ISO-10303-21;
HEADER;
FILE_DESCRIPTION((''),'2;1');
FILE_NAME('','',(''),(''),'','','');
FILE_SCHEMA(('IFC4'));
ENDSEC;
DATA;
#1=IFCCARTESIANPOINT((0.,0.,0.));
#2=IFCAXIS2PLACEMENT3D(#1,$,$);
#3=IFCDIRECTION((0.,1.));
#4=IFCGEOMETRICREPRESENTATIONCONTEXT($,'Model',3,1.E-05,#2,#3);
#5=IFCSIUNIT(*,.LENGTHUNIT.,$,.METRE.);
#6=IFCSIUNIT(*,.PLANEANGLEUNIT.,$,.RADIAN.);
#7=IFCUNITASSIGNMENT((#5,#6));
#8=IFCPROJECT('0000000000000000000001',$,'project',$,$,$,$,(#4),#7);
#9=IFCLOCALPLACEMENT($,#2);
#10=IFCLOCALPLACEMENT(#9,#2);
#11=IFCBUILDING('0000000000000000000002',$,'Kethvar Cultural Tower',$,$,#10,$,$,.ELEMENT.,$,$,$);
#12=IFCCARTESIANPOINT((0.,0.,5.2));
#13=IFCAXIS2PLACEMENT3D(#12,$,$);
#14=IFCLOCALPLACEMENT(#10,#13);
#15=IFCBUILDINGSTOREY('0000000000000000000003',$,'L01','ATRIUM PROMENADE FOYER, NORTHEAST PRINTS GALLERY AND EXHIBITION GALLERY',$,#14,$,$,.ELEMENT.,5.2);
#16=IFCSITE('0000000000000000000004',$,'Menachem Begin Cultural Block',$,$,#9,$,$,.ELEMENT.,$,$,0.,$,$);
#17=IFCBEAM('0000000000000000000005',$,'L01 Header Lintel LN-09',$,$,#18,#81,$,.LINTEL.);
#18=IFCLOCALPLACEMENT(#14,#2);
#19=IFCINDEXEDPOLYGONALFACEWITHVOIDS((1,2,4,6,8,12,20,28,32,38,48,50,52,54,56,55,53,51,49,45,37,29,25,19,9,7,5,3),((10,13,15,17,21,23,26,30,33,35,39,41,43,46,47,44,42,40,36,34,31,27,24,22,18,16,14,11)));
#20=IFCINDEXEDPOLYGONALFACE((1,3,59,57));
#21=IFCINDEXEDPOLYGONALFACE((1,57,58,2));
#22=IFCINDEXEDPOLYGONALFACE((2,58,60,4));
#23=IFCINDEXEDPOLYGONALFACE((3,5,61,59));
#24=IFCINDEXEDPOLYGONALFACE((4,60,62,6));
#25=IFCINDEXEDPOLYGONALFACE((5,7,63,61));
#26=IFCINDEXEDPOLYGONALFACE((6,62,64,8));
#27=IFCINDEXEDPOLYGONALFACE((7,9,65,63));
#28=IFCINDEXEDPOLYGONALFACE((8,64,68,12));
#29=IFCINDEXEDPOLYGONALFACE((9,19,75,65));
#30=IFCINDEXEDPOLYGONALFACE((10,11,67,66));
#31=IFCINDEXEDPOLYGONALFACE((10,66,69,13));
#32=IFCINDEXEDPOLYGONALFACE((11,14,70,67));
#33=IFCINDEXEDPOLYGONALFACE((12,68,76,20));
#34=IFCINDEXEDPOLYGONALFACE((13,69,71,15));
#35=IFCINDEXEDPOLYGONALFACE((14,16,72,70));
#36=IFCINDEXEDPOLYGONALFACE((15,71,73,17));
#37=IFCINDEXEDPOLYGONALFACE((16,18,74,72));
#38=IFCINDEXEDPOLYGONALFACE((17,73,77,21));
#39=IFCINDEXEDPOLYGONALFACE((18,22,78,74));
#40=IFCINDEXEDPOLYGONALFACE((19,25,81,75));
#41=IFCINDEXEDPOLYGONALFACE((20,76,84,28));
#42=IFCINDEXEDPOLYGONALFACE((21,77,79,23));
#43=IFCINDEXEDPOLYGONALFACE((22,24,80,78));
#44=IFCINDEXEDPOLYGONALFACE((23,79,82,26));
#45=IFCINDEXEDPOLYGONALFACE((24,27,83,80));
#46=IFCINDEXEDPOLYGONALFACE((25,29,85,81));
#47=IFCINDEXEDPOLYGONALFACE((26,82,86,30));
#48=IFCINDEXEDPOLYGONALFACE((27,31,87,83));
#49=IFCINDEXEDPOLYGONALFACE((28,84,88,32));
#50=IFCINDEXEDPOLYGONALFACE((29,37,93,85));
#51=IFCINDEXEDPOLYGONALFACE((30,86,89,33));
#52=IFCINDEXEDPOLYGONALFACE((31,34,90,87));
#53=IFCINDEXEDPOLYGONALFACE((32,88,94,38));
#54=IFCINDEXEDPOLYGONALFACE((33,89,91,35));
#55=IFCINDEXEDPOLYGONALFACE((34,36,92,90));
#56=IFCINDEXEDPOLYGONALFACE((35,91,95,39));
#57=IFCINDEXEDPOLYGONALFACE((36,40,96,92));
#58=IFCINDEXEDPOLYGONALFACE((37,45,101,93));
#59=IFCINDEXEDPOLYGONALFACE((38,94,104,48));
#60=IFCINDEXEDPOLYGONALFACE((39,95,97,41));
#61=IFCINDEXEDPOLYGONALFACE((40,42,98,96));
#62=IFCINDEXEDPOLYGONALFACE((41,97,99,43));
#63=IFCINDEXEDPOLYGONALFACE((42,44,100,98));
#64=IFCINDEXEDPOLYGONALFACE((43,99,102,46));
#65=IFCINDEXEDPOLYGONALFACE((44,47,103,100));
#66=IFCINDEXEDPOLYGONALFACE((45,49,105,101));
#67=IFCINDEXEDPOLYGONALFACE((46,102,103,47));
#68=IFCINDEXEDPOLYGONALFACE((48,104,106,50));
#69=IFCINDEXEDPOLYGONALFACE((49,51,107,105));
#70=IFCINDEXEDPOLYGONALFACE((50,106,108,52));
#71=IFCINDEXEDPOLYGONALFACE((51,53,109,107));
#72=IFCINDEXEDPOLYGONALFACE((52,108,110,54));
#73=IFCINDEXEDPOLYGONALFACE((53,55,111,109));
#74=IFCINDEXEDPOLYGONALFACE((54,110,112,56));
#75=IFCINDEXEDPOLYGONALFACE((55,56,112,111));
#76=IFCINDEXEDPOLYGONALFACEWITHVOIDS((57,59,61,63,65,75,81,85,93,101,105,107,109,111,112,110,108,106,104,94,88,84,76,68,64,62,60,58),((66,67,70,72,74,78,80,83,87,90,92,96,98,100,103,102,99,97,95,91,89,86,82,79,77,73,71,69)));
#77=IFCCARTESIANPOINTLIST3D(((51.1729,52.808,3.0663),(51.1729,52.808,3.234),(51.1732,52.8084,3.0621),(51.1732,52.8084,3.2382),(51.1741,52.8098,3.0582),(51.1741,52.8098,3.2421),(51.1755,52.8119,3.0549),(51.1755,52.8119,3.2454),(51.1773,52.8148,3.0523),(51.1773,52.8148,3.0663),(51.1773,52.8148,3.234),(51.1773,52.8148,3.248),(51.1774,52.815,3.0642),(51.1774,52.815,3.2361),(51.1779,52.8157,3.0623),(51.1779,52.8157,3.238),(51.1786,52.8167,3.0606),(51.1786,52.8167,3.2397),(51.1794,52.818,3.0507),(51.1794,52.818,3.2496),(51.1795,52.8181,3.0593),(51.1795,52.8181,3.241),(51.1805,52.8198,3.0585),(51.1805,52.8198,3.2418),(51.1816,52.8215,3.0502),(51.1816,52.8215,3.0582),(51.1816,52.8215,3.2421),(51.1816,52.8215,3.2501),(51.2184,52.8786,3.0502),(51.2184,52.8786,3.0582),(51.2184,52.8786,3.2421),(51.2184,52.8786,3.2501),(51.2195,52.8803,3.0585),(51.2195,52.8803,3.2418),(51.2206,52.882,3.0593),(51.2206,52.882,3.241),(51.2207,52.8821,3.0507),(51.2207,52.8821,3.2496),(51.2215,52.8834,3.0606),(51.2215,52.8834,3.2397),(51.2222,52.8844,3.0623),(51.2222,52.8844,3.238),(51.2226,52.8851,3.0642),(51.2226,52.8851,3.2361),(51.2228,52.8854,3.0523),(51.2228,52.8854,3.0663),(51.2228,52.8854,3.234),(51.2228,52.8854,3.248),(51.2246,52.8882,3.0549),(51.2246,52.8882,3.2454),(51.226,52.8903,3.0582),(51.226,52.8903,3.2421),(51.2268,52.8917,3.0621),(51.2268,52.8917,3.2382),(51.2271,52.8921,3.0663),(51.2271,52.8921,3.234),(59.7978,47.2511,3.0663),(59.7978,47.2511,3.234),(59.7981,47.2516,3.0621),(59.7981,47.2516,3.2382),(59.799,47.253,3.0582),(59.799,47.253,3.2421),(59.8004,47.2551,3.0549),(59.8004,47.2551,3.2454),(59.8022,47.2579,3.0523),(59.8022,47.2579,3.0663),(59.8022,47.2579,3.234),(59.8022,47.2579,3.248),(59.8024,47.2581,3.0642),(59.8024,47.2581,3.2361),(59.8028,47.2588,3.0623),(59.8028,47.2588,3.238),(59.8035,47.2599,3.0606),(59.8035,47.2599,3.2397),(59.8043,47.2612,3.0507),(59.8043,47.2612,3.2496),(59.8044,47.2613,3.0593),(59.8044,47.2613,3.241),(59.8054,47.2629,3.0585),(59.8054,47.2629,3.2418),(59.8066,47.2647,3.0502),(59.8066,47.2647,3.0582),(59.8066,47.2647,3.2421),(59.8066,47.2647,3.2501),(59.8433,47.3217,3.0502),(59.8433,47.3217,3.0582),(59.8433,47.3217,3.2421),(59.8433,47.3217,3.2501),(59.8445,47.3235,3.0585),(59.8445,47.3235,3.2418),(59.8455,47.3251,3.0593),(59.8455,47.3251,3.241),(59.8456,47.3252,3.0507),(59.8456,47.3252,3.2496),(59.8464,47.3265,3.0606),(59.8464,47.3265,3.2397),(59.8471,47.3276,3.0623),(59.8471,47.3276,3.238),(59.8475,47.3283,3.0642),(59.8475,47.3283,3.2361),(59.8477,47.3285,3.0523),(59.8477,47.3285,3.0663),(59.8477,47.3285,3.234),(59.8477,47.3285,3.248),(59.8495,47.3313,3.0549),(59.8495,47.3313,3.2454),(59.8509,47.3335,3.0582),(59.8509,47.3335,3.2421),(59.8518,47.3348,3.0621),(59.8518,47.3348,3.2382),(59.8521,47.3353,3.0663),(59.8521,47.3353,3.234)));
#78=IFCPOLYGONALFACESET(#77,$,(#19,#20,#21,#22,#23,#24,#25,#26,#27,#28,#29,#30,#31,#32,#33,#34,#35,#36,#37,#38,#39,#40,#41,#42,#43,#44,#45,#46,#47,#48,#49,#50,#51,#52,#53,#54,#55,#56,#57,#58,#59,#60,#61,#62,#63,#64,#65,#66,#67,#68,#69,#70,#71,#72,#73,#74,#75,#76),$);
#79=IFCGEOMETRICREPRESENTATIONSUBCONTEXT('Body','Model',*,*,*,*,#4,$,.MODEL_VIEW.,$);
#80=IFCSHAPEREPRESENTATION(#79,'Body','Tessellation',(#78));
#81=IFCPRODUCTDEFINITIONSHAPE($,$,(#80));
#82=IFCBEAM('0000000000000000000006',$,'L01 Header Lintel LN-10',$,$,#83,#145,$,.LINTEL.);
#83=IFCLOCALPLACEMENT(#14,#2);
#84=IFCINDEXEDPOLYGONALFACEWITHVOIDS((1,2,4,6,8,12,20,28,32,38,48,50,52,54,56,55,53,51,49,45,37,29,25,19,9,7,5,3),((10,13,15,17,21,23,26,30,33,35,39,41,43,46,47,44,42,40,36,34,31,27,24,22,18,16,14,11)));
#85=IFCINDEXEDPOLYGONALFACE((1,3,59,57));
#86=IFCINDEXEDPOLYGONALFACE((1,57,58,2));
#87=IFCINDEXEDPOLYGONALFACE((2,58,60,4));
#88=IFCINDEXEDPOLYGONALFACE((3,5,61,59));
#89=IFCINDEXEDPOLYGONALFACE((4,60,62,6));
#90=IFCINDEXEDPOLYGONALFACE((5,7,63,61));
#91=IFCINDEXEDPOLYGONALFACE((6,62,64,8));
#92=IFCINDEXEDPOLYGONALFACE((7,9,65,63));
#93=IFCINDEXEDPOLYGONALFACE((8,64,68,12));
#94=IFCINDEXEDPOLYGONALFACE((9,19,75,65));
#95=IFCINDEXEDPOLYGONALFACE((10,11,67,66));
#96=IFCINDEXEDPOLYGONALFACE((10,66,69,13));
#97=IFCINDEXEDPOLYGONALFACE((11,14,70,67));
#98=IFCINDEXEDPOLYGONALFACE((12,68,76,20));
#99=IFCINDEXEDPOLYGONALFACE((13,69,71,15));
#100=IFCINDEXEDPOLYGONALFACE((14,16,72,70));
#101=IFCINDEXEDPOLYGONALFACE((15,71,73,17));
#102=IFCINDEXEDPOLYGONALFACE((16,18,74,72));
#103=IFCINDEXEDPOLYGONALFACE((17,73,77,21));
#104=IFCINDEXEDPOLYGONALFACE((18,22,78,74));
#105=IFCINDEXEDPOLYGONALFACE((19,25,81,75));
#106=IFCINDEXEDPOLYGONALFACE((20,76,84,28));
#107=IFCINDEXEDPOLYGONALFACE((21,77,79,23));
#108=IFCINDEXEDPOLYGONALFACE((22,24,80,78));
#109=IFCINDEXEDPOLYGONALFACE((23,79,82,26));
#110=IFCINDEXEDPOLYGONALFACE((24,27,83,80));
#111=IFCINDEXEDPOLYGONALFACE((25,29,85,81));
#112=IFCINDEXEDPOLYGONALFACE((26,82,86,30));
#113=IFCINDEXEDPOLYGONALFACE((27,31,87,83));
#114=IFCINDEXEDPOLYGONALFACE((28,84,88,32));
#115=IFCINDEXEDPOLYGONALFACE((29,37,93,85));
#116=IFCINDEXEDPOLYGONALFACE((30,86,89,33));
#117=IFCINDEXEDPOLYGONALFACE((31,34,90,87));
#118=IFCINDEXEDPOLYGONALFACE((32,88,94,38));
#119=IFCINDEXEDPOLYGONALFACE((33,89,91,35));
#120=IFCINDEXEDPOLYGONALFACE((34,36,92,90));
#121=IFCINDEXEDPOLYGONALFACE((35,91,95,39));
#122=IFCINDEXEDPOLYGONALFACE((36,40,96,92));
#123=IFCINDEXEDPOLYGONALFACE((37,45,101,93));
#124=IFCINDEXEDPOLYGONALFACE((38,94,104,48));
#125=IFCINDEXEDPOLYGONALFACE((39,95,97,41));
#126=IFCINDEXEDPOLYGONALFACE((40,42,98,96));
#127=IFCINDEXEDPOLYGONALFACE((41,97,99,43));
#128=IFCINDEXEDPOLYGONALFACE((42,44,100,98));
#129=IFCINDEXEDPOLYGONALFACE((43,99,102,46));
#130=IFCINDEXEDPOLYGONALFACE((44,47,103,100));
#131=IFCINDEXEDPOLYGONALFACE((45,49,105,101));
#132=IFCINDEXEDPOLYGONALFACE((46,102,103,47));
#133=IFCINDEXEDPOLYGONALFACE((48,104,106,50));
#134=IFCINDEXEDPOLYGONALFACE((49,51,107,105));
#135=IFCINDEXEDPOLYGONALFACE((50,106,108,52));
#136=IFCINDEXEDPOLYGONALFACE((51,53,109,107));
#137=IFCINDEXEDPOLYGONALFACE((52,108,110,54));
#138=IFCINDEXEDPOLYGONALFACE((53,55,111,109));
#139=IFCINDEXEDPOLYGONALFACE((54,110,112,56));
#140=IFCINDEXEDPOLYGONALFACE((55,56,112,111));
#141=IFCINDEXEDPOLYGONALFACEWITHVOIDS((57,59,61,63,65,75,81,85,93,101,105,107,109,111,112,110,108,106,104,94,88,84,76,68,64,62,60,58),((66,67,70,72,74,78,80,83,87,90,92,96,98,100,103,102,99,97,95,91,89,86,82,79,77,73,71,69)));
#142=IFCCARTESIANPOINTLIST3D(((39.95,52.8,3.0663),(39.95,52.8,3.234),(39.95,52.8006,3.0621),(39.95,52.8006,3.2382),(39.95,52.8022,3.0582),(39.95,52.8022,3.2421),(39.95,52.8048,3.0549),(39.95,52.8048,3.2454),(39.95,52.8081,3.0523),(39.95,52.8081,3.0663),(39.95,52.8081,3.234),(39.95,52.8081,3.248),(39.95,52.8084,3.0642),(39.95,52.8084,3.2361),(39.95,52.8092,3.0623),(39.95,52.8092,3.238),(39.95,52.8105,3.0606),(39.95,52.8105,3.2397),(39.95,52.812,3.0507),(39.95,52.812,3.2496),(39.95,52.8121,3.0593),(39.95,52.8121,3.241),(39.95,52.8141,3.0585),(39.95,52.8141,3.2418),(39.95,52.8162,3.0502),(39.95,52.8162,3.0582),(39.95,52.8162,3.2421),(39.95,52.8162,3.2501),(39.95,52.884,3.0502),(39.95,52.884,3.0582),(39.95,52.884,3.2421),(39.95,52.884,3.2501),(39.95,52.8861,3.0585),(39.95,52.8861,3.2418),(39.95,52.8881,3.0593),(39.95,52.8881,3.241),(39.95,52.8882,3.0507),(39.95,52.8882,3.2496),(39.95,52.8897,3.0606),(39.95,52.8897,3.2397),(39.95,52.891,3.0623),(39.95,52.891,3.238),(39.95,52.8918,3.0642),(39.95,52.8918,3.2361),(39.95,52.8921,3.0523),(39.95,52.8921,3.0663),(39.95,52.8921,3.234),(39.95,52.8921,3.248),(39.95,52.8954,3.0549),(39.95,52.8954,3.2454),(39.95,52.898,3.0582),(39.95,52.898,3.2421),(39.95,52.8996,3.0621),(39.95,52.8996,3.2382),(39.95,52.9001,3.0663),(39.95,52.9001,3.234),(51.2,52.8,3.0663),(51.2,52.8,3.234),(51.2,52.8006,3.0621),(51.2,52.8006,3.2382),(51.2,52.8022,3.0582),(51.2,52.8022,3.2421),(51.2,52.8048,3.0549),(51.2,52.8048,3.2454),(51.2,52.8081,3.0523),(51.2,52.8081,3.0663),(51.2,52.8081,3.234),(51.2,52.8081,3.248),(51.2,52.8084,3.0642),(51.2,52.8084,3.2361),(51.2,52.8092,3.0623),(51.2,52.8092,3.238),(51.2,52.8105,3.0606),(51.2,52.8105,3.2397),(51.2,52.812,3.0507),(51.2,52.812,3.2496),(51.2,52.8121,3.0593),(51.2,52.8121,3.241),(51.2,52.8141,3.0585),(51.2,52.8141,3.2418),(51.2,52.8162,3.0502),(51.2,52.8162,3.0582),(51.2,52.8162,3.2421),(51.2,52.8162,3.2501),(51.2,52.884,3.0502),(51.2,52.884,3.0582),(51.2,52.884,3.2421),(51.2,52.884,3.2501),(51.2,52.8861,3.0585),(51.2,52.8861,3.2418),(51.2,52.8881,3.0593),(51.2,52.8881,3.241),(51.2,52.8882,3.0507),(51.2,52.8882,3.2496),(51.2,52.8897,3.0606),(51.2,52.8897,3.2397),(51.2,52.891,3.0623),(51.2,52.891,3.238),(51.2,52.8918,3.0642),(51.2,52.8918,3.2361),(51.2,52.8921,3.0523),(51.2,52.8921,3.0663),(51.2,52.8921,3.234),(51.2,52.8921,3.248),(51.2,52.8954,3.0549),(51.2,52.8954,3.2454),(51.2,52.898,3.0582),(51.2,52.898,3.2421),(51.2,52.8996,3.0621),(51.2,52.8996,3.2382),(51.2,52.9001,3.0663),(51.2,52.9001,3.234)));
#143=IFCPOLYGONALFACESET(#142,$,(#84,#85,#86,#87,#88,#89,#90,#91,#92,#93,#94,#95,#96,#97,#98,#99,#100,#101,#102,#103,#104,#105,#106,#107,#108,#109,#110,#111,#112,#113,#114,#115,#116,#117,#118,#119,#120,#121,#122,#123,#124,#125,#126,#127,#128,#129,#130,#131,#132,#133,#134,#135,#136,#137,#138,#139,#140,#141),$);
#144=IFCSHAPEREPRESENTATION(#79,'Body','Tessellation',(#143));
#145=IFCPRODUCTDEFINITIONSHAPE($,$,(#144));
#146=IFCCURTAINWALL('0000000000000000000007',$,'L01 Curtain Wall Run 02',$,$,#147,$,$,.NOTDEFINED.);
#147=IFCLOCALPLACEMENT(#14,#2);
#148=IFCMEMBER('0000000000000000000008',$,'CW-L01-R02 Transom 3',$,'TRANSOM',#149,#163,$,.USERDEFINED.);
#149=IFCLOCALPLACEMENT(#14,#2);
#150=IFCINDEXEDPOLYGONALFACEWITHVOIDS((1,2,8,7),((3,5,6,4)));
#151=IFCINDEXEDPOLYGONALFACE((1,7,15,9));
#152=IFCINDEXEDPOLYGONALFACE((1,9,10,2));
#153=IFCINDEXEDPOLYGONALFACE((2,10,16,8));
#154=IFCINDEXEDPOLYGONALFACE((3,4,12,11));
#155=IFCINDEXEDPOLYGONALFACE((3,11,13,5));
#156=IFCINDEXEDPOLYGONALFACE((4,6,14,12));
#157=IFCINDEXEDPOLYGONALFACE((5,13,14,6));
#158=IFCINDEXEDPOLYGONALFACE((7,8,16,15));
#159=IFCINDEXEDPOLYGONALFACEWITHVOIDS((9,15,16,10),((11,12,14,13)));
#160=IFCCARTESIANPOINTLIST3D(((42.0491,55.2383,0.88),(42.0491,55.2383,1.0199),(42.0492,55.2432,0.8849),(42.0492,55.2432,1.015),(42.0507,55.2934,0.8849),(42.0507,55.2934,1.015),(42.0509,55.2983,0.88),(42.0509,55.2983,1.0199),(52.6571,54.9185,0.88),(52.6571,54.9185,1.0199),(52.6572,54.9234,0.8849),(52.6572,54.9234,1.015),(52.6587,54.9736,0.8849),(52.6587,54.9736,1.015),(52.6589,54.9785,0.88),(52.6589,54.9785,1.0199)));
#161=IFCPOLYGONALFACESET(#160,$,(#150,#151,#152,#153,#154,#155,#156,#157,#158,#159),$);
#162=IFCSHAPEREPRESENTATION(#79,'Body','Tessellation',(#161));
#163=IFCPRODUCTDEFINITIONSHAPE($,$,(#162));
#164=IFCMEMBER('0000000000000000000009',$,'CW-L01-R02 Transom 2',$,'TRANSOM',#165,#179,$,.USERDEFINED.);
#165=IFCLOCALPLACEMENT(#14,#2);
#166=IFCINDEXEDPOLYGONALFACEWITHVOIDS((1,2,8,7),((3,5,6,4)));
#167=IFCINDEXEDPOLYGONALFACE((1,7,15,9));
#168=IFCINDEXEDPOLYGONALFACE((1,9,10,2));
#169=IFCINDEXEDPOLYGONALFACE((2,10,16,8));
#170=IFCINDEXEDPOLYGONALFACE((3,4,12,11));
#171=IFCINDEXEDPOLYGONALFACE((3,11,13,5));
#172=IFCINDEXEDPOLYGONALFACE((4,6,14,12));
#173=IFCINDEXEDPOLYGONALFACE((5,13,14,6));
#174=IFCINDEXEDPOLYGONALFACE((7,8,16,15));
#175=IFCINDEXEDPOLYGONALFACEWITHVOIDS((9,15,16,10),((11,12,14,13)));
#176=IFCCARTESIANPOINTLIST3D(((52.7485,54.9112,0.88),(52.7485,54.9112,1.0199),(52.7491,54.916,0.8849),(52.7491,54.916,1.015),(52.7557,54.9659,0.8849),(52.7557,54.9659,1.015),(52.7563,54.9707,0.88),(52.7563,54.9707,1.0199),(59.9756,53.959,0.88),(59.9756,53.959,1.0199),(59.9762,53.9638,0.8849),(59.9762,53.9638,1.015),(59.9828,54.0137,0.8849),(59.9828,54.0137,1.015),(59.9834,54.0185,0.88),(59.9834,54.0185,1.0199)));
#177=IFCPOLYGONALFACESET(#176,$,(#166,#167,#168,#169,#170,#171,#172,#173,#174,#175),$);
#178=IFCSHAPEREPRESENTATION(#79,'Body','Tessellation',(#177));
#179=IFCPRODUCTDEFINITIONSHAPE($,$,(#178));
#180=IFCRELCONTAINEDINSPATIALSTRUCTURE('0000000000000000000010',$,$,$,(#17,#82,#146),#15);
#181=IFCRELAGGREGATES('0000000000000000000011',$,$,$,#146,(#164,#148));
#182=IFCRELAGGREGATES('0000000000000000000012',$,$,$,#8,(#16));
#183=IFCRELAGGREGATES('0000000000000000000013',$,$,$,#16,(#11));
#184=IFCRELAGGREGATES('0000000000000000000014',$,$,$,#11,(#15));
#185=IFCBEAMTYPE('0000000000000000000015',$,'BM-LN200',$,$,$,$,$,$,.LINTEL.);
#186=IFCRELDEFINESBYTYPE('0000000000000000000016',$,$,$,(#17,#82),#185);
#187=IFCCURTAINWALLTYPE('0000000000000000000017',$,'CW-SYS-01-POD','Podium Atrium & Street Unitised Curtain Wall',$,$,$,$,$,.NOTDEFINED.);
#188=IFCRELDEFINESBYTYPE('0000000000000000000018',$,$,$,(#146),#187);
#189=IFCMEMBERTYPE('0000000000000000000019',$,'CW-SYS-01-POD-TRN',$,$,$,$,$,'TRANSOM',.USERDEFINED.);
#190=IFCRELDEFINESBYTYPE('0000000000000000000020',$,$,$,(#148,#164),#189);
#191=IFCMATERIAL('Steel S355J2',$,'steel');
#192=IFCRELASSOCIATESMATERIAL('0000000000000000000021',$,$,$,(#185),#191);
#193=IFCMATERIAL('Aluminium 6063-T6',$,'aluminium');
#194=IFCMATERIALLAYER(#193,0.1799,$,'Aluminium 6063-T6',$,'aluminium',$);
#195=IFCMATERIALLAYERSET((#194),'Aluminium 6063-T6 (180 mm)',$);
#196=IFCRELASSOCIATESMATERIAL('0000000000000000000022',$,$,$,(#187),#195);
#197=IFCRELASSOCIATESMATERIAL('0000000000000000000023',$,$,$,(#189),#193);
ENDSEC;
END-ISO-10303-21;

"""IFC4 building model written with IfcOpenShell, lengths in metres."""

from ifc_helpers import new_model, si_unit, direction, frame, origin, origin_2d, place, context, subcontext, project, spatial, hollow_rectangle, extrude, source, transform, mapped, material, layer, layer_set, material_profile, profile_set, type_object, element, aggregate, save


model = new_model("IFC4")

# Units and contexts
model_context = context("Model", 3, precision=1e-05, world=origin(), true_north=direction((0.0, 1.0)))
body_context = subcontext(model_context, "Body", "Model", "MODEL_VIEW")
ifc_project = project(units=[si_unit("LENGTHUNIT", "METRE"), si_unit("PLANEANGLEUNIT", "RADIAN")], contexts=[model_context])

# Site, building, storey
site_placement = place(None, origin())
site = spatial("IfcSite", under=ifc_project, at=site_placement, Name="Menachem Begin Cultural Block", CompositionType="ELEMENT", RefElevation=0.0)
building_placement = place(site_placement, origin())
building = spatial("IfcBuilding", under=site, at=building_placement, Name="Kethvar Cultural Tower", CompositionType="ELEMENT")
storey_placement = place(building_placement, frame((0.0, 0.0, 5.2)))
storey = spatial("IfcBuildingStorey", under=building, at=storey_placement, Name="L01", Description="ATRIUM PROMENADE FOYER, NORTHEAST PRINTS GALLERY AND EXHIBITION GALLERY", CompositionType="ELEMENT", Elevation=5.2)

# Beams
ifc_material_1 = material(Name="Steel S355J2", Category="steel")
ifc_material_profile_1 = material_profile(ifc_material_1, hollow_rectangle(XDim=0.1001, YDim=0.2, WallThickness=0.0081, InnerFilletRadius=0.0081, OuterFilletRadius=0.0161, at=origin_2d()), Name="Steel S355J2 — RHS200x100x8")
ifc_profile_set_1 = profile_set([ifc_material_profile_1], Name="Steel S355J2 — RHS200x100x8")
beam_type_1 = type_object("IfcBeamType", Name="BM-LN200", PredefinedType="LINTEL", material=ifc_profile_set_1)
shared_shape_1 = source(origin(), body_context, "Body", "SweptSolid", [
    extrude(hollow_rectangle(XDim=0.1001, YDim=0.2, WallThickness=0.0081, InnerFilletRadius=0.0081, OuterFilletRadius=0.0161, at=origin_2d()), origin(), (0.0, 0.0, 1.0), 10.26),
])
beam_1_placement = place(storey_placement, frame((59.825, 47.2932, 3.1501), z_axis=(-0.840635, 0.541602, 0.0), x_axis=(-0.541602, -0.840635, 0.0)))
element("IfcBeam", 1, at=beam_1_placement, inside=storey, type_object=beam_type_1, Name="L01 Header Lintel LN-09", PredefinedType="LINTEL", context=body_context, shape_type="MappedRepresentation", body=[
    mapped(shared_shape_1, transform((0.0, 0.0, 0.0), scale=1.0)),
])
shared_shape_2 = source(origin(), body_context, "Body", "SweptSolid", [
    extrude(hollow_rectangle(XDim=0.1001, YDim=0.2, WallThickness=0.0081, InnerFilletRadius=0.0081, OuterFilletRadius=0.0161, at=origin_2d()), origin(), (0.0, 0.0, 1.0), 11.25),
])
beam_2_placement = place(storey_placement, frame((51.2, 52.8501, 3.1501), z_axis=(-1.0, 0.0, 0.0), x_axis=(0.0, -1.0, 0.0)))
element("IfcBeam", 2, at=beam_2_placement, inside=storey, type_object=beam_type_1, Name="L01 Header Lintel LN-10", PredefinedType="LINTEL", context=body_context, shape_type="MappedRepresentation", body=[
    mapped(shared_shape_2, transform((0.0, 0.0, 0.0), scale=1.0)),
])

# Curtain wall, members
ifc_material_2 = material(Name="Aluminium 6063-T6", Category="aluminium")
ifc_layer_1 = layer(ifc_material_2, 0.1799, Name="Aluminium 6063-T6", Category="aluminium")
ifc_layer_set_1 = layer_set([ifc_layer_1], Name="Aluminium 6063-T6 (180 mm)")
curtain_wall_type = type_object("IfcCurtainWallType", Name="CW-SYS-01-POD", Description="Podium Atrium & Street Unitised Curtain Wall", PredefinedType="NOTDEFINED", material=ifc_layer_set_1)
curtain_wall_placement = place(storey_placement, origin())
curtain_wall = element("IfcCurtainWall", 3, at=curtain_wall_placement, inside=storey, type_object=curtain_wall_type, Name="L01 Curtain Wall Run 02", PredefinedType="NOTDEFINED")
ifc_material_profile_2 = material_profile(ifc_material_2, hollow_rectangle(XDim=0.0601, YDim=0.1399, WallThickness=0.0049, at=origin_2d()), Name="Aluminium 6063-T6 — RHS140x60x5")
ifc_profile_set_2 = profile_set([ifc_material_profile_2], Name="Aluminium 6063-T6 — RHS140x60x5")
member_type_1 = type_object("IfcMemberType", Name="CW-SYS-01-POD-TRN", ElementType="TRANSOM", PredefinedType="USERDEFINED", material=ifc_profile_set_2)
shared_shape_3 = source(origin(), body_context, "Body", "SweptSolid", [
    extrude(hollow_rectangle(XDim=0.0601, YDim=0.1399, WallThickness=0.0049, at=origin_2d()), origin(), (0.0, 0.0, 1.0), 10.6128),
])
member_1_placement = place(storey_placement, frame((52.658, 54.9485, 0.95), z_axis=(-0.999546, 0.030136, 0.0), x_axis=(-0.030136, -0.999546, 0.0)))
member_1 = element("IfcMember", 4, at=member_1_placement, type_object=member_type_1, Name="CW-L01-R02 Transom 3", ObjectType="TRANSOM", PredefinedType="USERDEFINED", context=body_context, shape_type="MappedRepresentation", body=[
    mapped(shared_shape_3, transform((0.0, 0.0, 0.0), scale=1.0)),
])
shared_shape_4 = source(origin(), body_context, "Body", "SweptSolid", [
    extrude(hollow_rectangle(XDim=0.0601, YDim=0.1399, WallThickness=0.0049, at=origin_2d()), origin(), (0.0, 0.0, 1.0), 7.2896),
])
member_2_placement = place(storey_placement, frame((59.9795, 53.9888, 0.95), z_axis=(-0.991433, 0.130619, 0.0), x_axis=(-0.130619, -0.991433, 0.0)))
member_2 = element("IfcMember", 5, at=member_2_placement, type_object=member_type_1, Name="CW-L01-R02 Transom 2", ObjectType="TRANSOM", PredefinedType="USERDEFINED", context=body_context, shape_type="MappedRepresentation", body=[
    mapped(shared_shape_4, transform((0.0, 0.0, 0.0), scale=1.0)),
])
aggregate(curtain_wall, [member_2, member_1])

save(model, "model.ifc")
